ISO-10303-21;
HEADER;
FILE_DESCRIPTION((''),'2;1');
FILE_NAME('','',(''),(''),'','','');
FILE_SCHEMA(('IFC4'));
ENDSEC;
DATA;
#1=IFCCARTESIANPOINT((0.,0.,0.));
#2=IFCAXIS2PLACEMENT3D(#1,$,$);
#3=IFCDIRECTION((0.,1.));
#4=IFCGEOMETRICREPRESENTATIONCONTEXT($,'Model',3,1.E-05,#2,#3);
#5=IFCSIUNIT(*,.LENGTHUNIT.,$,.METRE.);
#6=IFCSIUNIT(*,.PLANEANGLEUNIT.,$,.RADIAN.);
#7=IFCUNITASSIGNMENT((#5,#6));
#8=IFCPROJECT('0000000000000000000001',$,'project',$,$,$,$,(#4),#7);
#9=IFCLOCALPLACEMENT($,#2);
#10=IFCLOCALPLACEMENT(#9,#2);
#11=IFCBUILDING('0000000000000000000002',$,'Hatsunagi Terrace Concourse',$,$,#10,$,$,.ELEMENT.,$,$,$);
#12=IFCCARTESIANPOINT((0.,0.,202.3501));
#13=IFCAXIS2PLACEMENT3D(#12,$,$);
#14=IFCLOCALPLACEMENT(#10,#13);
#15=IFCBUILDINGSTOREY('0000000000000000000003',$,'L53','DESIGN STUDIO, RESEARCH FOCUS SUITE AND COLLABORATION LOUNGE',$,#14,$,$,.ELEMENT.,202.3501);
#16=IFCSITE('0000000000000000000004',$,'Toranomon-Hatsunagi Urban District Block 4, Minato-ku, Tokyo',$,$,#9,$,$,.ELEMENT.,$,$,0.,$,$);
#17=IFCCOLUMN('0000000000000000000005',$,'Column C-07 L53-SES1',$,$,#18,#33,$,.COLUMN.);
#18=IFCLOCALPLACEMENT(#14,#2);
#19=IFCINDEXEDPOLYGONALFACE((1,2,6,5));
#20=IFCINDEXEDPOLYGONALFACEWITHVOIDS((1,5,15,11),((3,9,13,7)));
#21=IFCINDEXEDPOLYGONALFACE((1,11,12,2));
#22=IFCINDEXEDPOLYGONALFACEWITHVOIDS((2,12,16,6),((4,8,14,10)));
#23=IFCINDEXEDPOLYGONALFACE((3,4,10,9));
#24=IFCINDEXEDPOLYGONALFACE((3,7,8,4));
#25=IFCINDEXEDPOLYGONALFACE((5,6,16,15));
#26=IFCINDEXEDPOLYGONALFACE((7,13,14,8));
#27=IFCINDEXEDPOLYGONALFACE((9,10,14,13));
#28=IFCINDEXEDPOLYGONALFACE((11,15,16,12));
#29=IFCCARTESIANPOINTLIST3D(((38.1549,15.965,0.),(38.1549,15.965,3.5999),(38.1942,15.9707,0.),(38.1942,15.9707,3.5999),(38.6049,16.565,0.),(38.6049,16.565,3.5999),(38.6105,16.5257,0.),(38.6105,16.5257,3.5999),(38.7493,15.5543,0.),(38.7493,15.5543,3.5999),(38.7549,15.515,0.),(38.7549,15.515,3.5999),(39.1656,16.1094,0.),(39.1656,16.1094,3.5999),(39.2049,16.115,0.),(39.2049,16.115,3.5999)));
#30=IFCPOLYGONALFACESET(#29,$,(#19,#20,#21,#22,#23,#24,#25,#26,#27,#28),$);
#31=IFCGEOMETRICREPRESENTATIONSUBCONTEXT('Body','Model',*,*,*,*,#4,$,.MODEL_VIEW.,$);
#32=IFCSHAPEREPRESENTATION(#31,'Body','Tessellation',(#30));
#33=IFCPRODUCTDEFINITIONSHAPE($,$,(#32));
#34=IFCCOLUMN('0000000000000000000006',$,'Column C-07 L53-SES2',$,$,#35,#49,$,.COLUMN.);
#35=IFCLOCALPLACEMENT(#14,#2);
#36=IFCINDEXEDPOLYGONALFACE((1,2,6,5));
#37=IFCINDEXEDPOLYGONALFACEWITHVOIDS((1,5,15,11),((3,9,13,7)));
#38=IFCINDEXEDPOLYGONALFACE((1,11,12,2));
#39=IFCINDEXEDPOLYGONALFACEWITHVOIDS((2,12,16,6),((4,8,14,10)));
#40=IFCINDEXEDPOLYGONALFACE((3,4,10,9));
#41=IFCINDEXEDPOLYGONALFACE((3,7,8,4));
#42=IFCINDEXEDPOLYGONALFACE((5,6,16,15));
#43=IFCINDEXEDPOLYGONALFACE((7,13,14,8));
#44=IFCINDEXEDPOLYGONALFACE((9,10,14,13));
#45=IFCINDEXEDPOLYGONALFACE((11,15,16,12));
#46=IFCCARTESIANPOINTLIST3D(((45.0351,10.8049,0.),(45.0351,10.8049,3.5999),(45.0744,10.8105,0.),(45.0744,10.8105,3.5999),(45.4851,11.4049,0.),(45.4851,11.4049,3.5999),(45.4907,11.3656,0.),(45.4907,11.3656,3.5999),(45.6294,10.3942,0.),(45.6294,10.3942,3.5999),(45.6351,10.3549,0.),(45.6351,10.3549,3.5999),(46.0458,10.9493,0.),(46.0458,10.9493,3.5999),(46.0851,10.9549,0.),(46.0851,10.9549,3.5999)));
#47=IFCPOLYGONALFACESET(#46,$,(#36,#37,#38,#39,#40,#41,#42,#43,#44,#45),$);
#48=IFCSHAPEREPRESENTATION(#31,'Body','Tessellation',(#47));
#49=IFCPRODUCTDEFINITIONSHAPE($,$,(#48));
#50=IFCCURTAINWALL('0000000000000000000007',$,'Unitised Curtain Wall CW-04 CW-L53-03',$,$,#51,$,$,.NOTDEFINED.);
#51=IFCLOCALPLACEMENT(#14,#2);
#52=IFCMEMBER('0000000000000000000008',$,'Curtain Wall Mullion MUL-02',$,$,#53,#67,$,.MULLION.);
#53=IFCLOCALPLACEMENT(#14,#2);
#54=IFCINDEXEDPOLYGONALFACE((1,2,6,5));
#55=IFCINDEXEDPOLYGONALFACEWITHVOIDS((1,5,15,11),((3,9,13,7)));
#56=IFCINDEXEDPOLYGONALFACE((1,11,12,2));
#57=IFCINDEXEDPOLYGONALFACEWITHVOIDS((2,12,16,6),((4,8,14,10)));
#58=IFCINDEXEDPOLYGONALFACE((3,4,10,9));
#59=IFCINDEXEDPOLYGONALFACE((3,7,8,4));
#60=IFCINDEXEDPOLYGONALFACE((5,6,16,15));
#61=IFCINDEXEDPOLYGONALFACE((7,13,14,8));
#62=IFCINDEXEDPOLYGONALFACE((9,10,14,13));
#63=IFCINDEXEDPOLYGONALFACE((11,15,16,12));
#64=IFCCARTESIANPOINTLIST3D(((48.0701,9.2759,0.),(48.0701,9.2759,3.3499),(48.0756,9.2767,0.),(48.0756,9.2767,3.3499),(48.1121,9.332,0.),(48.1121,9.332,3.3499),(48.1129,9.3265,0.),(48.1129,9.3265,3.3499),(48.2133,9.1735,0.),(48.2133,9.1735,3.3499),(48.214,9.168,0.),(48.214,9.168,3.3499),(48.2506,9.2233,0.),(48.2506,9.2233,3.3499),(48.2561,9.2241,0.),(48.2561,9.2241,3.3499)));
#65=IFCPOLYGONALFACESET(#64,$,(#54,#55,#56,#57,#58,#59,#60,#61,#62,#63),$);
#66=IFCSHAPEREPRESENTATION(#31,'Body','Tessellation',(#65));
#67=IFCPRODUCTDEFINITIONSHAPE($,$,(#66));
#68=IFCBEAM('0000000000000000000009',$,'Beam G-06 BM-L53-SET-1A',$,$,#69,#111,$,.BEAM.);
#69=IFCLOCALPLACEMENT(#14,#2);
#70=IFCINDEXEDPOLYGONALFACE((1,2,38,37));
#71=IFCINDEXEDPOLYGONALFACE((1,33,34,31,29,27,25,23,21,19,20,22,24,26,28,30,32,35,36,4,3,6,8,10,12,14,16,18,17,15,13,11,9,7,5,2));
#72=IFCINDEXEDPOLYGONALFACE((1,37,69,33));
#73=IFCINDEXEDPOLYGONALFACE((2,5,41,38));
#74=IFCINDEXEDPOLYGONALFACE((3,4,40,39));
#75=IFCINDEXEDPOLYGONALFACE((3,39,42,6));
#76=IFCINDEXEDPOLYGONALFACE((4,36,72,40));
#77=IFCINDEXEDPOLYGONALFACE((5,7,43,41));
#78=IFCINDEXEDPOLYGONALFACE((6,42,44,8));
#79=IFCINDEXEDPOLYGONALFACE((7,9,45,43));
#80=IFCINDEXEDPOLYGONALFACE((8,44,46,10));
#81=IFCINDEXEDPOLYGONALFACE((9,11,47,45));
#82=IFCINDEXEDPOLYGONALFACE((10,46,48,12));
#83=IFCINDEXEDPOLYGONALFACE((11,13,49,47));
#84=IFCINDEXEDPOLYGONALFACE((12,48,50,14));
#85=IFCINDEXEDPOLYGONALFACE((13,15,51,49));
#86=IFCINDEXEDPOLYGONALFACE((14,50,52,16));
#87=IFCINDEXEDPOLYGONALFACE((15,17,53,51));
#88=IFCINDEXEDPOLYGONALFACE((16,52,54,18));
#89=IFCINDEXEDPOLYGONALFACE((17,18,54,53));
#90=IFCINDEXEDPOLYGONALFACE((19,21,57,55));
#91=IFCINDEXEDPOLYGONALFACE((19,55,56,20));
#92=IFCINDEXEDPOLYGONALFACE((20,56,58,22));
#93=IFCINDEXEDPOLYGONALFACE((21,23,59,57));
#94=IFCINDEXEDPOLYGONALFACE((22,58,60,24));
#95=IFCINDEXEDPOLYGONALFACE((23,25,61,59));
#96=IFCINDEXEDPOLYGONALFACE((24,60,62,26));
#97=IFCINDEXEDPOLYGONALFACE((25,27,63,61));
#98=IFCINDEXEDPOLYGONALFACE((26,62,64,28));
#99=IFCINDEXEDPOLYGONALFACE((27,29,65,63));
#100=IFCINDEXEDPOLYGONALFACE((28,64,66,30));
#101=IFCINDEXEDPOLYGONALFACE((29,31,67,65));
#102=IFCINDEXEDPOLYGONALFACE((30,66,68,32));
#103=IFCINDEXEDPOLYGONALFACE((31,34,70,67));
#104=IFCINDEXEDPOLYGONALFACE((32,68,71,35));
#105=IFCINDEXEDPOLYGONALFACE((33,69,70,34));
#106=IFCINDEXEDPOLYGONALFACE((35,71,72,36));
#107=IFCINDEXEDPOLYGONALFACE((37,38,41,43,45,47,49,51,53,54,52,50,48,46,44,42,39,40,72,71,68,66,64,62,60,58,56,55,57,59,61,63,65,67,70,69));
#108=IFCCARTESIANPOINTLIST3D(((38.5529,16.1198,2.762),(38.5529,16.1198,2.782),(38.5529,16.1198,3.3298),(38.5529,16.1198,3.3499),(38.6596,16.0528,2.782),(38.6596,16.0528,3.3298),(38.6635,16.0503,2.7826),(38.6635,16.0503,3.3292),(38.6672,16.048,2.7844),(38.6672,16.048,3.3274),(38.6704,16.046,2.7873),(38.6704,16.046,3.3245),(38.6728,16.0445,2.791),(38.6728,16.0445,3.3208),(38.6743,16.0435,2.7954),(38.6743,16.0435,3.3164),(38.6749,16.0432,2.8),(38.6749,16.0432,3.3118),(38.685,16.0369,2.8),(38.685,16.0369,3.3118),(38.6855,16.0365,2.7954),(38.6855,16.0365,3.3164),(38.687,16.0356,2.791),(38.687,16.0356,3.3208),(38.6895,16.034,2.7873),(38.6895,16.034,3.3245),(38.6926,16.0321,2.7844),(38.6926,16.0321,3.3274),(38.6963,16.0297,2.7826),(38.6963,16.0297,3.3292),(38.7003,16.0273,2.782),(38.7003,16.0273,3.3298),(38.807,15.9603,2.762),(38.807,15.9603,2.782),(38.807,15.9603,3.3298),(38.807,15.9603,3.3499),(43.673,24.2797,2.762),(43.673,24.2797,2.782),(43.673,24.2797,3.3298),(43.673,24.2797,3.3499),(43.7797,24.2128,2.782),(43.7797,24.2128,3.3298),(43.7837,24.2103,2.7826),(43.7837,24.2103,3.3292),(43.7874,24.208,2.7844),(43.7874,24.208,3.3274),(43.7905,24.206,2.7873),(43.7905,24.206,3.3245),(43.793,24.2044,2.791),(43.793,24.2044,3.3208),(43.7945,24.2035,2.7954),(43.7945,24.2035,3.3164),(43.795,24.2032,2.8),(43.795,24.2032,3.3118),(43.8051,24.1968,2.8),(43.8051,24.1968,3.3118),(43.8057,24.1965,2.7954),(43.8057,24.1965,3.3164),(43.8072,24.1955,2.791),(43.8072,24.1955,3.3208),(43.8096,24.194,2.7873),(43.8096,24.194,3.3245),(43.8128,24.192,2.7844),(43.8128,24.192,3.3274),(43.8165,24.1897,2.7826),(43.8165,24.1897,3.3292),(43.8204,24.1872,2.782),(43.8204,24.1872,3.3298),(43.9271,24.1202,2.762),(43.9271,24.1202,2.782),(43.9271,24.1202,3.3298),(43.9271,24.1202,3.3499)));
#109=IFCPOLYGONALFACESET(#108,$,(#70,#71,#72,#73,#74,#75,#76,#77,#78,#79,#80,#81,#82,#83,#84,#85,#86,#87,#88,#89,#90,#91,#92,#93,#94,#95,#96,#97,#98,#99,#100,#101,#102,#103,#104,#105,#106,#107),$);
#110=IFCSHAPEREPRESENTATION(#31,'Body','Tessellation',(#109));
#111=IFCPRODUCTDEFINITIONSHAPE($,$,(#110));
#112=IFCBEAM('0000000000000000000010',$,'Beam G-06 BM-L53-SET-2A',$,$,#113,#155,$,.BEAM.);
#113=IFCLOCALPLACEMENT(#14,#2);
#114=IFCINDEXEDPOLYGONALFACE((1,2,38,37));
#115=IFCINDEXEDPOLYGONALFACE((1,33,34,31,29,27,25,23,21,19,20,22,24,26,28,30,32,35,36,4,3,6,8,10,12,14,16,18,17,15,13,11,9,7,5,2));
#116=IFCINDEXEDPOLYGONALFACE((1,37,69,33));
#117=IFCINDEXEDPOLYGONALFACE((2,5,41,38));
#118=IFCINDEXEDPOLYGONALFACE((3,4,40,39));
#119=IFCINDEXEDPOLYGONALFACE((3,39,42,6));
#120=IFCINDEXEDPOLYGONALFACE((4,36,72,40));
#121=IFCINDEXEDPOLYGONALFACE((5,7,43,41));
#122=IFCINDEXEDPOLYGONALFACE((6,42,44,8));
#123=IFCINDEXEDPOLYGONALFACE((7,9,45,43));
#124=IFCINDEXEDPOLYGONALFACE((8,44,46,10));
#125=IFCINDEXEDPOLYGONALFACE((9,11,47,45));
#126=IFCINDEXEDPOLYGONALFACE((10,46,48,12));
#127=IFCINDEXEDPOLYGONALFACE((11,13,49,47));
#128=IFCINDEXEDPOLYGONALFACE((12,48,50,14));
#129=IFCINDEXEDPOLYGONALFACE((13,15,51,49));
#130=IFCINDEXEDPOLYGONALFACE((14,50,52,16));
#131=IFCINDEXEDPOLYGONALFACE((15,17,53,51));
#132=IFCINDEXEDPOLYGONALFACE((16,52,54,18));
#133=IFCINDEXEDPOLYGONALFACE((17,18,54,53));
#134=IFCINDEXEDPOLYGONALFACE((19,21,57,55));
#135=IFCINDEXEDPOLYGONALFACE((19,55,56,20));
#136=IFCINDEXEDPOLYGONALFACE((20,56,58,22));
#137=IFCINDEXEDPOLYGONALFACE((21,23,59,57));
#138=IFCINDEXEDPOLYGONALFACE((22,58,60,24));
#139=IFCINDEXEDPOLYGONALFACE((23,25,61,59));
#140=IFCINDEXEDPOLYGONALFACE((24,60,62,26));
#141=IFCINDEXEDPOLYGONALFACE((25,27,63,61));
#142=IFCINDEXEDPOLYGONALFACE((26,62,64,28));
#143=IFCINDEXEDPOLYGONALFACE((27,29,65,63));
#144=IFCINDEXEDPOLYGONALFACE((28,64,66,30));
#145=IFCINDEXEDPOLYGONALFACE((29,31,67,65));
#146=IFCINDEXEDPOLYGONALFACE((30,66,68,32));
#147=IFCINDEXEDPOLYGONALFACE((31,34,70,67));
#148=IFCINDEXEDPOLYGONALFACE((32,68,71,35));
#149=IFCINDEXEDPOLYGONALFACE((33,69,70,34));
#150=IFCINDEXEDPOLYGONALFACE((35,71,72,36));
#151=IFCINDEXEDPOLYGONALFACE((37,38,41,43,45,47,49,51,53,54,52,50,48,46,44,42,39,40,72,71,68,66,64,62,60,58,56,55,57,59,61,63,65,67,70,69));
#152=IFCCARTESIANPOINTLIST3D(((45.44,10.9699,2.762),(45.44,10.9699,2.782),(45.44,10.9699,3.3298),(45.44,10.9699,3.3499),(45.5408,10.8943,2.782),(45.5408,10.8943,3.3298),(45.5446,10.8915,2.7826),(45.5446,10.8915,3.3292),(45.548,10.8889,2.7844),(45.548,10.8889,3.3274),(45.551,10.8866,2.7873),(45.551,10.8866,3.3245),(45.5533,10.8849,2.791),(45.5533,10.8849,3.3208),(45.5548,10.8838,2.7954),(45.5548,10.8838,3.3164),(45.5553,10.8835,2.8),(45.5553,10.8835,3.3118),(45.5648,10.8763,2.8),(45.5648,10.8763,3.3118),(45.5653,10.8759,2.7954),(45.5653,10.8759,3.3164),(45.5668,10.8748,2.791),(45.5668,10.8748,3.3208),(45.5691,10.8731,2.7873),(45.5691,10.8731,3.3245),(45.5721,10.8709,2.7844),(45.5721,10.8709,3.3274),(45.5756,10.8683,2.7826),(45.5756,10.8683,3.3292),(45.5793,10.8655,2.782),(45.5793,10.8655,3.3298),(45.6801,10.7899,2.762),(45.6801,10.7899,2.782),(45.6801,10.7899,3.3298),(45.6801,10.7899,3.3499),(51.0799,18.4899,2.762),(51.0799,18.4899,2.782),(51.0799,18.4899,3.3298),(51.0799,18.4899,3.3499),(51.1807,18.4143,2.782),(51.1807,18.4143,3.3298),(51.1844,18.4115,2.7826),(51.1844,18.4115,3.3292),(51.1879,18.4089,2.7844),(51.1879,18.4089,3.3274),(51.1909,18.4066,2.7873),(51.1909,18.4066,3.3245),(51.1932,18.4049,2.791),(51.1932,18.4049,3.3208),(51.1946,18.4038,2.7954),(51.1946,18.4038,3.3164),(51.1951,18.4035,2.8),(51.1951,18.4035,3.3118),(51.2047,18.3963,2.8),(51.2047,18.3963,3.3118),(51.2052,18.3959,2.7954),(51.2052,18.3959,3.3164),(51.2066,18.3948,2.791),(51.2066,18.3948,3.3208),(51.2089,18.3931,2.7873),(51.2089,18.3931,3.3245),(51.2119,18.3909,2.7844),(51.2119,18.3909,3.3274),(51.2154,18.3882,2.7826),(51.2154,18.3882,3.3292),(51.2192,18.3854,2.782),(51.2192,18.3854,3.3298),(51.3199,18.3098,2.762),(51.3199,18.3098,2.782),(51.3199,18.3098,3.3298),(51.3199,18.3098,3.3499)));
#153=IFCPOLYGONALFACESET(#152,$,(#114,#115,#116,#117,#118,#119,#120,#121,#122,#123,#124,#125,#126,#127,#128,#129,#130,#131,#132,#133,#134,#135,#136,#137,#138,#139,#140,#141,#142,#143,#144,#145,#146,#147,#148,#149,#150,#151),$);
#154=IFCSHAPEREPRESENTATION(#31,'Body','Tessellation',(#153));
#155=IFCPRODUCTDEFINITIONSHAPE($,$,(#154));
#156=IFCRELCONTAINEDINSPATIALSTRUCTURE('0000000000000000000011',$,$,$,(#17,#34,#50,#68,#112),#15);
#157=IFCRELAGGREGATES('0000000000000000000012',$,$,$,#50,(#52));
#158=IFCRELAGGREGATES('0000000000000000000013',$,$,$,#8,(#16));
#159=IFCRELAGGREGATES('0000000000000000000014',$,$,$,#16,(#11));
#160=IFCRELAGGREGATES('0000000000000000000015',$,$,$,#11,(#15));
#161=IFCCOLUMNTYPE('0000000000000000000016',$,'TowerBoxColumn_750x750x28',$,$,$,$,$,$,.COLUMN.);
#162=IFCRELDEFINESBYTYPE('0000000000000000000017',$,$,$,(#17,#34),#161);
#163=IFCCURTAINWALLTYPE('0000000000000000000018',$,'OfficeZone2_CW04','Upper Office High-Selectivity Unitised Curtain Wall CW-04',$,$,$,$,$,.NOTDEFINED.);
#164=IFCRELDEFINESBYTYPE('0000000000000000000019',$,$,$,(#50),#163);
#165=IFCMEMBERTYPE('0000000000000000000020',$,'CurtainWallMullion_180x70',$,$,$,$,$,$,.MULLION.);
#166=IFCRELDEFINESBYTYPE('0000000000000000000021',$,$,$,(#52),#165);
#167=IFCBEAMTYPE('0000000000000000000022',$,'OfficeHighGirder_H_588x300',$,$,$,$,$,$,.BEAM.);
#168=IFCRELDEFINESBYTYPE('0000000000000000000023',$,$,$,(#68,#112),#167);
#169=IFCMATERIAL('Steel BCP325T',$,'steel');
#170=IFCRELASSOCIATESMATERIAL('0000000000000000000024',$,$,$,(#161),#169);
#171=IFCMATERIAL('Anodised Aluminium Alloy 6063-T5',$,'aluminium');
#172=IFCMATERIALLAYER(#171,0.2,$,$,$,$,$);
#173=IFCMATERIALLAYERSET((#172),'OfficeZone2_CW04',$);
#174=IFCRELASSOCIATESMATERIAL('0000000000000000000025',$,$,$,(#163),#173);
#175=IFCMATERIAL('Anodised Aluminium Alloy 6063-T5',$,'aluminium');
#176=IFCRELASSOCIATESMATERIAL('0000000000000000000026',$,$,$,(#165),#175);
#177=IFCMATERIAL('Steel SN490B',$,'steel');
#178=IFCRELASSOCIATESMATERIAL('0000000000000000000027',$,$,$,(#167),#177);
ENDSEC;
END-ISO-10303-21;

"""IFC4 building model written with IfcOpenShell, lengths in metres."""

from ifc_helpers import new_model, si_unit, direction, frame, origin, origin_2d, place, context, subcontext, project, spatial, hollow_rectangle, i_section, extrude, material, layer, layer_set, material_profile, profile_set, type_object, element, aggregate, save


model = new_model("IFC4")

# Units and contexts
model_context = context("Model", 3, precision=1e-05, world=origin(), true_north=direction((0.0, 1.0)))
body_context = subcontext(model_context, "Body", "Model", "MODEL_VIEW")
ifc_project = project(units=[si_unit("LENGTHUNIT", "METRE"), si_unit("PLANEANGLEUNIT", "RADIAN")], contexts=[model_context])

# Site, building, storey
site_placement = place(None, origin())
site = spatial("IfcSite", under=ifc_project, at=site_placement, Name="Toranomon-Hatsunagi Urban District Block 4, Minato-ku, Tokyo", CompositionType="ELEMENT", RefElevation=0.0)
building_placement = place(site_placement, origin())
building = spatial("IfcBuilding", under=site, at=building_placement, Name="Hatsunagi Terrace Concourse", CompositionType="ELEMENT")
storey_placement = place(building_placement, frame((0.0, 0.0, 202.3501)))
storey = spatial("IfcBuildingStorey", under=building, at=storey_placement, Name="L53", Description="DESIGN STUDIO, RESEARCH FOCUS SUITE AND COLLABORATION LOUNGE", CompositionType="ELEMENT", Elevation=202.3501)

# Columns
ifc_material_1 = material(Name="Steel BCP325T", Category="steel")
ifc_material_profile_1 = material_profile(ifc_material_1, hollow_rectangle(XDim=0.75, YDim=0.75, WallThickness=0.0281, at=origin_2d()), Name="BCP-750x750x28")
ifc_profile_set_1 = profile_set([ifc_material_profile_1], Name="Steel BCP325T")
column_type = type_object("IfcColumnType", Name="TowerBoxColumn_750x750x28", PredefinedType="COLUMN", material=ifc_profile_set_1)
for number, where, z_axis, x_axis, name in (
    (1, (38.6799, 16.04, 0.0), (0.0, 0.0, 1.0), (0.8, -0.6, 0.0), "Column C-07 L53-SES1"),
    (2, (45.5601, 10.8799, 0.0), (0.0, 0.0, 1.0), (0.8, -0.6, 0.0), "Column C-07 L53-SES2"),
):
    element("IfcColumn", number, at=place(storey_placement, frame(where, z_axis=z_axis, x_axis=x_axis)), inside=storey, type_object=column_type, Name=name, PredefinedType="COLUMN", context=body_context, shape_type="SweptSolid", body=[
        extrude(hollow_rectangle(XDim=0.75, YDim=0.75, WallThickness=0.0281, at=origin_2d()), origin(), (0.0, 0.0, 1.0), 3.5999),
    ])

# Curtain wall, member
ifc_material_2 = material(Name="Anodised Aluminium Alloy 6063-T5", Category="aluminium")
ifc_layer_1 = layer(ifc_material_2, 0.2)
ifc_layer_set_1 = layer_set([ifc_layer_1], Name="OfficeZone2_CW04")
curtain_wall_type = type_object("IfcCurtainWallType", Name="OfficeZone2_CW04", Description="Upper Office High-Selectivity Unitised Curtain Wall CW-04", PredefinedType="NOTDEFINED", material=ifc_layer_set_1)
curtain_wall_placement = place(storey_placement, origin())
curtain_wall = element("IfcCurtainWall", 3, at=curtain_wall_placement, inside=storey, type_object=curtain_wall_type, Name="Unitised Curtain Wall CW-04 CW-L53-03", PredefinedType="NOTDEFINED")
ifc_material_3 = material(Name="Anodised Aluminium Alloy 6063-T5", Category="aluminium")
ifc_material_profile_2 = material_profile(ifc_material_3, hollow_rectangle(XDim=0.0701, YDim=0.1799, WallThickness=0.0039, at=origin_2d()), Name="ALU-MUL-180x70x4")
ifc_profile_set_2 = profile_set([ifc_material_profile_2], Name="Anodised Aluminium Alloy 6063-T5")
member_type_1 = type_object("IfcMemberType", Name="CurtainWallMullion_180x70", PredefinedType="MULLION", material=ifc_profile_set_2)
member_1_placement = place(storey_placement, frame((48.1631, 9.25, 0.0), z_axis=(0.0, 0.0, 1.0), x_axis=(-0.599969, -0.800023, 0.0)))
member_1 = element("IfcMember", 4, at=member_1_placement, type_object=member_type_1, Name="Curtain Wall Mullion MUL-02", PredefinedType="MULLION", context=body_context, shape_type="SweptSolid", body=[
    extrude(hollow_rectangle(XDim=0.0701, YDim=0.1799, WallThickness=0.0039, at=origin_2d()), origin(), (0.0, 0.0, 1.0), 3.3499),
])
aggregate(curtain_wall, [member_1])

# Beams
ifc_material_4 = material(Name="Steel SN490B", Category="steel")
ifc_material_profile_3 = material_profile(ifc_material_4, i_section(OverallWidth=0.3, OverallDepth=0.5879, WebThickness=0.012, FlangeThickness=0.02, FilletRadius=0.0181, at=origin_2d()), Name="H-588x300x12x20")
ifc_profile_set_3 = profile_set([ifc_material_profile_3], Name="Steel SN490B")
beam_type_1 = type_object("IfcBeamType", Name="OfficeHighGirder_H_588x300", PredefinedType="BEAM", material=ifc_profile_set_3)
beam_1_placement = place(storey_placement, frame((38.6799, 16.04, 3.0559), z_axis=(0.531504, 0.847056, 0.0), x_axis=(-0.847056, 0.531504, 0.0)))
element("IfcBeam", 5, at=beam_1_placement, inside=storey, type_object=beam_type_1, Name="Beam G-06 BM-L53-SET-1A", PredefinedType="BEAM", context=body_context, shape_type="SweptSolid", body=[
    extrude(i_section(OverallWidth=0.3, OverallDepth=0.5879, WebThickness=0.012, FlangeThickness=0.02, FilletRadius=0.0181, at=origin_2d()), origin(), (0.0, 0.0, 1.0), 9.6333),
])
beam_2_placement = place(storey_placement, frame((45.5601, 10.8799, 3.0559), z_axis=(0.599992, 0.800006, 0.0), x_axis=(-0.800006, 0.599992, 0.0)))
element("IfcBeam", 6, at=beam_2_placement, inside=storey, type_object=beam_type_1, Name="Beam G-06 BM-L53-SET-2A", PredefinedType="BEAM", context=body_context, shape_type="SweptSolid", body=[
    extrude(i_section(OverallWidth=0.3, OverallDepth=0.5879, WebThickness=0.012, FlangeThickness=0.02, FilletRadius=0.0181, at=origin_2d()), origin(), (0.0, 0.0, 1.0), 9.3999),
])

save(model, "model.ifc")
